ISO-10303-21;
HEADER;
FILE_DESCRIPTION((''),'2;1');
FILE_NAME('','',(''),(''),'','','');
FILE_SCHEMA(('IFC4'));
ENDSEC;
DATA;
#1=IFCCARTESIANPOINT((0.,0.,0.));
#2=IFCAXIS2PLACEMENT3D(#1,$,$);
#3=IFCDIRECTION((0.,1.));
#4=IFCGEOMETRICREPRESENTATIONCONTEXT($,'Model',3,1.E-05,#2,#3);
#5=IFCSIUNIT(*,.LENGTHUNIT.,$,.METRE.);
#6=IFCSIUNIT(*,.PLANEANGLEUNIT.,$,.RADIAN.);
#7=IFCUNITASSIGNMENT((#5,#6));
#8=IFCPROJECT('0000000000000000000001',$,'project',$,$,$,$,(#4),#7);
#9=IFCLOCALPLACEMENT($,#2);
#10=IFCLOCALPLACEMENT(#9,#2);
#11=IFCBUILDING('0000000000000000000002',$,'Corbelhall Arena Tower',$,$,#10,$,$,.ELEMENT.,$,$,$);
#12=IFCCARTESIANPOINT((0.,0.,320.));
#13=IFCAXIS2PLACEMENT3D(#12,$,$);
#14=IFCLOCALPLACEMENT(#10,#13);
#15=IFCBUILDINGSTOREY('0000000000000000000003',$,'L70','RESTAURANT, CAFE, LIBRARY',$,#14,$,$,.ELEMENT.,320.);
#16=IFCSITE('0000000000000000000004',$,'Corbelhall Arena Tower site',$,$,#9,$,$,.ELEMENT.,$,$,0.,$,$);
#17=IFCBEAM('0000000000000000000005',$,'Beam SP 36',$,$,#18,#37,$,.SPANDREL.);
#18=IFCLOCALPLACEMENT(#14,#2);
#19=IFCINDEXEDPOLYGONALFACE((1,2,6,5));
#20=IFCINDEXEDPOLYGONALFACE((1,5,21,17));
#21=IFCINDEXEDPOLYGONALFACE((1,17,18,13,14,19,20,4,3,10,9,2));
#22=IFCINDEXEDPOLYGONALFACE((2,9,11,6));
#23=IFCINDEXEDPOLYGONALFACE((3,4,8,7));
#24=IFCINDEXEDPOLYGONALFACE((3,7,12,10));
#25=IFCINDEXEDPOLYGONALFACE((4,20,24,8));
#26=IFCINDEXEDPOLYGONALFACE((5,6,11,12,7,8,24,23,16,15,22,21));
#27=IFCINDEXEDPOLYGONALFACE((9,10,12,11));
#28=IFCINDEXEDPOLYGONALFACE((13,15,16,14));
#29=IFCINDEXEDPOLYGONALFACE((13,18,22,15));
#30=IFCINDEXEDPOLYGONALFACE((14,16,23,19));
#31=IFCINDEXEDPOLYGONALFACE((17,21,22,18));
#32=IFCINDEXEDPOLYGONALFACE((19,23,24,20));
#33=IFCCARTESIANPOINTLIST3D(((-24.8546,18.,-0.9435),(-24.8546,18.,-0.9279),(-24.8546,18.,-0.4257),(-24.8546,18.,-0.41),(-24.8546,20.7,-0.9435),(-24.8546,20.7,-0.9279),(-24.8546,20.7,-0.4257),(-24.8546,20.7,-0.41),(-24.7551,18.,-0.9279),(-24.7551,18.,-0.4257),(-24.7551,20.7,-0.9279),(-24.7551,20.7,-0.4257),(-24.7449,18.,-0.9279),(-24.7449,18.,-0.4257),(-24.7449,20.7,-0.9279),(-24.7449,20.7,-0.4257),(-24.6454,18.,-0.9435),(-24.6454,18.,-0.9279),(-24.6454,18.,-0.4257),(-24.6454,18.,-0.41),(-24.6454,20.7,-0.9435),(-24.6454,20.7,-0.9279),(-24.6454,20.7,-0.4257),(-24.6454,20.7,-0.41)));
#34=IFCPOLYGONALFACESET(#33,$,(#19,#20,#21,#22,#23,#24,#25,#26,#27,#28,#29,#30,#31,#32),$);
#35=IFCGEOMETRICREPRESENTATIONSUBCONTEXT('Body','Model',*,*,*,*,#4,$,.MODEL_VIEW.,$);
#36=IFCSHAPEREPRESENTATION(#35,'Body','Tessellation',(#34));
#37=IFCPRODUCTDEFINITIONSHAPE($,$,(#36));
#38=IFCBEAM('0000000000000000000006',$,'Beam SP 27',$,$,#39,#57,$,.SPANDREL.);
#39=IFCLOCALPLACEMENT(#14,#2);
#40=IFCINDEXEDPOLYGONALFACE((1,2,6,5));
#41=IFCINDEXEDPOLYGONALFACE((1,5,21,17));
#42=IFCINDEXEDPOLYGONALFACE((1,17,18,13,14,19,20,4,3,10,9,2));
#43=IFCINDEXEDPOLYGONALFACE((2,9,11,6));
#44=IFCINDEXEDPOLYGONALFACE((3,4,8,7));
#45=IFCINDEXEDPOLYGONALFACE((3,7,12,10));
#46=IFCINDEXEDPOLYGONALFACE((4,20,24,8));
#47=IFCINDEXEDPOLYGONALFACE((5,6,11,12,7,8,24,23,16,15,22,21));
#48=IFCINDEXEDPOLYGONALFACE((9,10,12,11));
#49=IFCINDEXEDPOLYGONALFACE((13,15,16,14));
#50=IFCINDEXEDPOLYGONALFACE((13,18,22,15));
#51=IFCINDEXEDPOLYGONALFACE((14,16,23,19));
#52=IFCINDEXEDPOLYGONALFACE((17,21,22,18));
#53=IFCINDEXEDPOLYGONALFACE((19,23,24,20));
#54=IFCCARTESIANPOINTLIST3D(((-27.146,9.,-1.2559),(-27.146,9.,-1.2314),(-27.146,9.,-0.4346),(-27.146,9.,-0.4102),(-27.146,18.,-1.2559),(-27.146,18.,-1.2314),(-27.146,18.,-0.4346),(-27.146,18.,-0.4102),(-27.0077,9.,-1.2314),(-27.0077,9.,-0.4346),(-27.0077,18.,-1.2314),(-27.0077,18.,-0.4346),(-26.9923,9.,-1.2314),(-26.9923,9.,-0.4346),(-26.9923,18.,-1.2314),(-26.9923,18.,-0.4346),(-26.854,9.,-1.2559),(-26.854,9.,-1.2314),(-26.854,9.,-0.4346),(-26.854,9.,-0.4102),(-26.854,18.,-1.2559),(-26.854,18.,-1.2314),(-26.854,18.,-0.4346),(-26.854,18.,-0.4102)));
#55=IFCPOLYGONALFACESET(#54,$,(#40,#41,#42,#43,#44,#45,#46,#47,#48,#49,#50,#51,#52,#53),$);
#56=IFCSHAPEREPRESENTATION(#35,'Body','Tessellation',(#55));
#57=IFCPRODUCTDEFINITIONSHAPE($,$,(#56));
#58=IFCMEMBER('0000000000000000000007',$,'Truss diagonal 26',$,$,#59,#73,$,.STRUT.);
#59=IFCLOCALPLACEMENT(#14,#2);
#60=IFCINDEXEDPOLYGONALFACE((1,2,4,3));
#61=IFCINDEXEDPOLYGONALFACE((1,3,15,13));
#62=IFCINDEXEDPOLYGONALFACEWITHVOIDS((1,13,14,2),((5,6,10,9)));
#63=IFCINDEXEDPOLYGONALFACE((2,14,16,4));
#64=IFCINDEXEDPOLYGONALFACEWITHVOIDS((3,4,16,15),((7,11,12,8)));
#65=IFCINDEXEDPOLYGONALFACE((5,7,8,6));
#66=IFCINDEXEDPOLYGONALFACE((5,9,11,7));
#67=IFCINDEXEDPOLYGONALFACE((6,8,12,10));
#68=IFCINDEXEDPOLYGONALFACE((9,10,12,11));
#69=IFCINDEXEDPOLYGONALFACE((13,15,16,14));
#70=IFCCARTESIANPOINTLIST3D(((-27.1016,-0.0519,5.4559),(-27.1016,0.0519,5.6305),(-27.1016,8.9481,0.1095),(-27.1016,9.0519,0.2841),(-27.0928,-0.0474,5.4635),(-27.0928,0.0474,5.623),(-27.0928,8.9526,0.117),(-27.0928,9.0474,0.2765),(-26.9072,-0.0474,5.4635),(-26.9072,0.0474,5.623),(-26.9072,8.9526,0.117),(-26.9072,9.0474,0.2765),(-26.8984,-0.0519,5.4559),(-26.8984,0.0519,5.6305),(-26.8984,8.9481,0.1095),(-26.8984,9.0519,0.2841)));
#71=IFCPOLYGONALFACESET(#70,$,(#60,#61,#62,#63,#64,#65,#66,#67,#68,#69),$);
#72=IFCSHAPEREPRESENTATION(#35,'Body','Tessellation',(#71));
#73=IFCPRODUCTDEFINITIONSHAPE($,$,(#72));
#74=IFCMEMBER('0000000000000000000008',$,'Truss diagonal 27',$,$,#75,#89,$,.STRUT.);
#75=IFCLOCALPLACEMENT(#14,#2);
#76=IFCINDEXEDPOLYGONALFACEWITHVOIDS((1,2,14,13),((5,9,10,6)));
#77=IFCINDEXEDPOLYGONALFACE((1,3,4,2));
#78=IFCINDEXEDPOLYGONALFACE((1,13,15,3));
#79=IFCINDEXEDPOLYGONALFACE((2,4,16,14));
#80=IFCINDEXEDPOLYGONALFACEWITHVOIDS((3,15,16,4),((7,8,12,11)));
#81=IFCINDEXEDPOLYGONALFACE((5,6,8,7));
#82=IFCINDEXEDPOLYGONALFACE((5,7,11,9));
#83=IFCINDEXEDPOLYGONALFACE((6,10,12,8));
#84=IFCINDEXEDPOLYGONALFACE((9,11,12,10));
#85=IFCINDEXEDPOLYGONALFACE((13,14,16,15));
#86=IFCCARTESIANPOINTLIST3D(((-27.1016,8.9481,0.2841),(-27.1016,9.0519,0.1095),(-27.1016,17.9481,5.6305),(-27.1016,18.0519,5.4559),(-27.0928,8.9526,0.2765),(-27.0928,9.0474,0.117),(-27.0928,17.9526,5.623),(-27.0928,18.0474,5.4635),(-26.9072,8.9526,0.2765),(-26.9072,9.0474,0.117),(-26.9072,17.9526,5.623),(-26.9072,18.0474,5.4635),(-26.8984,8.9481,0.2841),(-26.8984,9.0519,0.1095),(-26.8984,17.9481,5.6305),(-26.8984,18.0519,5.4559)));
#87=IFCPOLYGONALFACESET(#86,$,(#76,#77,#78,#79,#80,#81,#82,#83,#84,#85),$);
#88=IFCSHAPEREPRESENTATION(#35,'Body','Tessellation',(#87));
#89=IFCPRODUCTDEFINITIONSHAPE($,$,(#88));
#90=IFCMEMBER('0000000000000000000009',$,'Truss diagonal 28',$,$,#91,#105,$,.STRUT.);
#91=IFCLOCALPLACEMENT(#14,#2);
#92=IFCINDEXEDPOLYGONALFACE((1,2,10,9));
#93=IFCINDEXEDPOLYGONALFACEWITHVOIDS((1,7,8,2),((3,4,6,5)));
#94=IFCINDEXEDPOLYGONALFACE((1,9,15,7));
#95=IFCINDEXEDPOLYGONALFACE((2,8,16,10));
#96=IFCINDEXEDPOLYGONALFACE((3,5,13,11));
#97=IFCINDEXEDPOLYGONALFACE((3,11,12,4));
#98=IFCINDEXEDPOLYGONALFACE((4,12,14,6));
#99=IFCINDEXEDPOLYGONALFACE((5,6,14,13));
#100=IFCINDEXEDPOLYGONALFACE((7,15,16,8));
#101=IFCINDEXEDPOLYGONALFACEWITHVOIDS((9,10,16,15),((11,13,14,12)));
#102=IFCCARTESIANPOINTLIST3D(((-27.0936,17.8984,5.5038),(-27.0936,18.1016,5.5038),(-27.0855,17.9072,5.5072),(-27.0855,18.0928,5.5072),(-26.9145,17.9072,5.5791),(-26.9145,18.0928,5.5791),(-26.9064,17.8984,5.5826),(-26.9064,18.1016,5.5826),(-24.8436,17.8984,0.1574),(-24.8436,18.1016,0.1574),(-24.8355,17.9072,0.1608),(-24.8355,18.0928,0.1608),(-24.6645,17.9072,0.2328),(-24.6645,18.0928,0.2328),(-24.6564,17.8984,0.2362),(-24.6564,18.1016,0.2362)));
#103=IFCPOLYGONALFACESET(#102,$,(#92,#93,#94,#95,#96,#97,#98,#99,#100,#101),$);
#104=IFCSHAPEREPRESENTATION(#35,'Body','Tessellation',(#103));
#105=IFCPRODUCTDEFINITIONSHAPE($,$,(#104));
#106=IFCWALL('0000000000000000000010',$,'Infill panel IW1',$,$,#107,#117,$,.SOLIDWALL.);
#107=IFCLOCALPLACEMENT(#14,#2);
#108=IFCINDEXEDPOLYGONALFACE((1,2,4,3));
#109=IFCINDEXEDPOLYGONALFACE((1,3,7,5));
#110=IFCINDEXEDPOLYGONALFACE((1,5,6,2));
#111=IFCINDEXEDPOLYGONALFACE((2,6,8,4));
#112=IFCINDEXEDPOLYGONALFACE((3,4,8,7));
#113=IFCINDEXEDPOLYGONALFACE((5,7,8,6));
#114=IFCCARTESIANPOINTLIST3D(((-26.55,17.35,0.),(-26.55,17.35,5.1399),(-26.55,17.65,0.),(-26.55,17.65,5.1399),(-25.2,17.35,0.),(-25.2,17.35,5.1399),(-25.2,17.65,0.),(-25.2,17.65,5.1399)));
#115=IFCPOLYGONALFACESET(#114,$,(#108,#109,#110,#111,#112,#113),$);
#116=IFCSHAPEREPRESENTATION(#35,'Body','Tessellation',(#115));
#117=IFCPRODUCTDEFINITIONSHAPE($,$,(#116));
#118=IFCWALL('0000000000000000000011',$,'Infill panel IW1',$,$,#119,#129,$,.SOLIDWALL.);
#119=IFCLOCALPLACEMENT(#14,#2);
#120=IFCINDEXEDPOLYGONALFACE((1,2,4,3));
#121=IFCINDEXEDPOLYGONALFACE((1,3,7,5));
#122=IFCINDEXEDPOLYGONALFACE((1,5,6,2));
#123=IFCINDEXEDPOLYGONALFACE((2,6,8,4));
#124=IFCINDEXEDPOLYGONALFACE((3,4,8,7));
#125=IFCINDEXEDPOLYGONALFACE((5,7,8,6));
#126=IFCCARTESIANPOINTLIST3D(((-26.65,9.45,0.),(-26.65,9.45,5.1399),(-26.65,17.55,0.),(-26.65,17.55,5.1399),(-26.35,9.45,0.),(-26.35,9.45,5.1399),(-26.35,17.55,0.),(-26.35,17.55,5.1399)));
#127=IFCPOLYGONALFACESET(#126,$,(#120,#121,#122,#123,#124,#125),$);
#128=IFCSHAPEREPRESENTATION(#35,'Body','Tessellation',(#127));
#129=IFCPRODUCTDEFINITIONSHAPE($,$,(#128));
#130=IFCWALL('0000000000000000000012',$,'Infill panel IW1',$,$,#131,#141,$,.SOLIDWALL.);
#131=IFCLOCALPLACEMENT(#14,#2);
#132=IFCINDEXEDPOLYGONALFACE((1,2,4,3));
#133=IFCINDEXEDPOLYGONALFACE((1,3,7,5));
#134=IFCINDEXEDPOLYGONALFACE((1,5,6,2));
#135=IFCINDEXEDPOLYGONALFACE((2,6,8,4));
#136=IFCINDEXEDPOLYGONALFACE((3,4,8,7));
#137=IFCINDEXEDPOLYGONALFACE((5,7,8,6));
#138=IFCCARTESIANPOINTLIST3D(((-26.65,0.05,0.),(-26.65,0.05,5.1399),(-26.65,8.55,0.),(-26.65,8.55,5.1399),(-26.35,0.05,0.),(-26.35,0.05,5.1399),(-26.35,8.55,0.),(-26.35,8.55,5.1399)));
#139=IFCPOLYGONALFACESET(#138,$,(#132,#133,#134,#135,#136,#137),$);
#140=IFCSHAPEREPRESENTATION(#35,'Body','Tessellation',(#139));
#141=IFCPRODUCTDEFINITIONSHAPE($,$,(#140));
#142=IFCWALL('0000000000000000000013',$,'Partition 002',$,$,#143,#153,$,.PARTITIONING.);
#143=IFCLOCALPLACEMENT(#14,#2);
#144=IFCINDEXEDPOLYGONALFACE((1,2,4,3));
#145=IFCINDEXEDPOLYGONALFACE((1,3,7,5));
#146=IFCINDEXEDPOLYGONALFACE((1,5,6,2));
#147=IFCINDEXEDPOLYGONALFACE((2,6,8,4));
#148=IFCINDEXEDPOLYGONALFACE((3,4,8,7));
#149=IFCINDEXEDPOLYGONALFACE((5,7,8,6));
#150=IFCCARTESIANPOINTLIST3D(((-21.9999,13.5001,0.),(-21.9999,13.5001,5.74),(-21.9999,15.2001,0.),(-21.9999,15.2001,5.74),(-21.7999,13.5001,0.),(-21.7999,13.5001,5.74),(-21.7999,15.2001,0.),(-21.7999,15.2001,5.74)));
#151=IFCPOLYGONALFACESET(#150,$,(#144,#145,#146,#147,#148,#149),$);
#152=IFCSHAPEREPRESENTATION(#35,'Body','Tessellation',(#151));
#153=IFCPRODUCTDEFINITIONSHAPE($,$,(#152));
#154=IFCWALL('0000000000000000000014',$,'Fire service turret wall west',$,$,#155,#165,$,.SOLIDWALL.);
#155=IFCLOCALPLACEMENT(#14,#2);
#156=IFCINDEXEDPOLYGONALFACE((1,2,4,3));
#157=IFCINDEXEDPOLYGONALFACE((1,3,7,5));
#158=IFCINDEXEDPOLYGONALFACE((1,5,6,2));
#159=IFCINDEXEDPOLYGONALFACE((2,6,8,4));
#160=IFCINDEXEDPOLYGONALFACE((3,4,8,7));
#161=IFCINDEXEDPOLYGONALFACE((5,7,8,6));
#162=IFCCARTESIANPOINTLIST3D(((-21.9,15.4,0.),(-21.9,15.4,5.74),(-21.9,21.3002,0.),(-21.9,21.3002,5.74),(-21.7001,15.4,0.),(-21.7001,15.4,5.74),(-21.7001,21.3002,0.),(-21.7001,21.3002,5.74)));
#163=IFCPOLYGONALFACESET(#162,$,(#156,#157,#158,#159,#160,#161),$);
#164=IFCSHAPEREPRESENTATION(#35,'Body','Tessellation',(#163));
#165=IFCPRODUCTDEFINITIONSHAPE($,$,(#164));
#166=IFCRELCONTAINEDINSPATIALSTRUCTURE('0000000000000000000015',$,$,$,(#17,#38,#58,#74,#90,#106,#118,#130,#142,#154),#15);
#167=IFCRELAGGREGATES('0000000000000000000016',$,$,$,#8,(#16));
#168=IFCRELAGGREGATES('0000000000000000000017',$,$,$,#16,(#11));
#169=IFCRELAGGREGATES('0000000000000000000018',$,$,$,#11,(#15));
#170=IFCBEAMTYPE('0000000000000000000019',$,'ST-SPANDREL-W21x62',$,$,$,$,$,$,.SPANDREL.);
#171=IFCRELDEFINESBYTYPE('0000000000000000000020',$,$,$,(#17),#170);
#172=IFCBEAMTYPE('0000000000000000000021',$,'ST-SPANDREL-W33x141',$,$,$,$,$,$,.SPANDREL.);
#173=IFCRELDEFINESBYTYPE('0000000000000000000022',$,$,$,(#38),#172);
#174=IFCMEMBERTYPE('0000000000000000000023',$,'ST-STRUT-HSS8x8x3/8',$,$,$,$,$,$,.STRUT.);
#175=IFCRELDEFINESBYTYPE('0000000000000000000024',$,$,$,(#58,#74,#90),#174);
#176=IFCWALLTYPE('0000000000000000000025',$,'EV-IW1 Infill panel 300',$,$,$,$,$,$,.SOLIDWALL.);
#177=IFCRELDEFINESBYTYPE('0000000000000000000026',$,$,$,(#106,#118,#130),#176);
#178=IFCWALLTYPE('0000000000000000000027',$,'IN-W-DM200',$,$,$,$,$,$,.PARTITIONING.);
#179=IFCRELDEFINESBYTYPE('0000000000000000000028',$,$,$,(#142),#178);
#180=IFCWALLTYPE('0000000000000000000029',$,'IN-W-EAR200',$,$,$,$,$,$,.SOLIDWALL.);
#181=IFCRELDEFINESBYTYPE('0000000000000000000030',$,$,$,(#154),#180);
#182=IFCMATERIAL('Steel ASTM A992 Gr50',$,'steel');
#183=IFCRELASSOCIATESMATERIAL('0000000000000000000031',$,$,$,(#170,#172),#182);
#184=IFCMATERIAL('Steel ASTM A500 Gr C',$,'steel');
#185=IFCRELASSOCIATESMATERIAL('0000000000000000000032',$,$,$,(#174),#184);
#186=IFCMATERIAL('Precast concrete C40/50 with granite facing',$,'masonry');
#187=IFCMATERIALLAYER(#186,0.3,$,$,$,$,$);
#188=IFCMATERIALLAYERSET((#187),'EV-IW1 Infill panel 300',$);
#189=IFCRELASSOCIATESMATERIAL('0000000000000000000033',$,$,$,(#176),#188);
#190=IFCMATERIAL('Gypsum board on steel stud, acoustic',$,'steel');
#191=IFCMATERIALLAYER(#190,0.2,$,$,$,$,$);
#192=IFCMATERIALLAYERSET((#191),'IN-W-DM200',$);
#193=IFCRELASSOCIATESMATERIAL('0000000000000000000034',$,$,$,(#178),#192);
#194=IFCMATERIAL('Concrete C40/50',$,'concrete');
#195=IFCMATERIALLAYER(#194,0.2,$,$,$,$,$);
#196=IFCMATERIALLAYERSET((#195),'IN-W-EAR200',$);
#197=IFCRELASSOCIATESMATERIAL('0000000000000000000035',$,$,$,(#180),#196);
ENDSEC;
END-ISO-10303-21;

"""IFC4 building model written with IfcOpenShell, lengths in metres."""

from ifc_helpers import new_model, si_unit, direction, frame, frame_2d, origin, origin_2d, place, context, subcontext, project, spatial, rectangle, hollow_rectangle, i_section, extrude, material, layer, layer_set, material_profile, profile_set, type_object, element, save


model = new_model("IFC4")

# Units and contexts
model_context = context("Model", 3, precision=1e-05, world=origin(), true_north=direction((0.0, 1.0)))
body_context = subcontext(model_context, "Body", "Model", "MODEL_VIEW")
ifc_project = project(units=[si_unit("LENGTHUNIT", "METRE"), si_unit("PLANEANGLEUNIT", "RADIAN")], contexts=[model_context])

# Site, building, storey
site_placement = place(None, origin())
site = spatial("IfcSite", under=ifc_project, at=site_placement, Name="Corbelhall Arena Tower site", CompositionType="ELEMENT", RefElevation=0.0)
building_placement = place(site_placement, origin())
building = spatial("IfcBuilding", under=site, at=building_placement, Name="Corbelhall Arena Tower", CompositionType="ELEMENT")
storey_placement = place(building_placement, frame((0.0, 0.0, 320.0)))
storey = spatial("IfcBuildingStorey", under=building, at=storey_placement, Name="L70", Description="RESTAURANT, CAFE, LIBRARY", CompositionType="ELEMENT", Elevation=320.0)

# Shared definitions
ifc_material_1 = material(Name="Steel ASTM A992 Gr50", Category="steel")

# Beams
ifc_material_profile_1 = material_profile(ifc_material_1, i_section(OverallWidth=0.2092, OverallDepth=0.5334, WebThickness=0.0103, FlangeThickness=0.0156, at=origin_2d()))
ifc_profile_set_1 = profile_set([ifc_material_profile_1], Name="Steel ASTM A992 Gr50")
beam_type_1 = type_object("IfcBeamType", Name="ST-SPANDREL-W21x62", PredefinedType="SPANDREL", material=ifc_profile_set_1)
beam_1_placement = place(storey_placement, frame((-24.75, 18.0, -0.6768), z_axis=(0.0, 1.0, 0.0), x_axis=(-1.0, 0.0, 0.0)))
element("IfcBeam", 1, at=beam_1_placement, inside=storey, type_object=beam_type_1, Name="Beam SP 36", PredefinedType="SPANDREL", context=body_context, shape_type="SweptSolid", body=[
    extrude(i_section(OverallWidth=0.2092, OverallDepth=0.5334, WebThickness=0.0103, FlangeThickness=0.0156, at=origin_2d()), origin(), (0.0, 0.0, 1.0), 2.7),
])
ifc_material_profile_2 = material_profile(ifc_material_1, i_section(OverallWidth=0.292, OverallDepth=0.8457, WebThickness=0.0154, FlangeThickness=0.0244, at=origin_2d()))
ifc_profile_set_2 = profile_set([ifc_material_profile_2], Name="Steel ASTM A992 Gr50")
beam_type_2 = type_object("IfcBeamType", Name="ST-SPANDREL-W33x141", PredefinedType="SPANDREL", material=ifc_profile_set_2)
beam_2_placement = place(storey_placement, frame((-27.0, 9.0, -0.833), z_axis=(0.0, 1.0, 0.0), x_axis=(-1.0, 0.0, 0.0)))
element("IfcBeam", 2, at=beam_2_placement, inside=storey, type_object=beam_type_2, Name="Beam SP 27", PredefinedType="SPANDREL", context=body_context, shape_type="SweptSolid", body=[
    extrude(i_section(OverallWidth=0.292, OverallDepth=0.8457, WebThickness=0.0154, FlangeThickness=0.0244, at=origin_2d()), origin(), (0.0, 0.0, 1.0), 9.0),
])

# Members
ifc_material_2 = material(Name="Steel ASTM A500 Gr C", Category="steel")
ifc_material_profile_3 = material_profile(ifc_material_2, hollow_rectangle(XDim=0.2031, YDim=0.2031, WallThickness=0.0088, at=origin_2d()))
ifc_profile_set_3 = profile_set([ifc_material_profile_3], Name="Steel ASTM A500 Gr C")
member_type_1 = type_object("IfcMemberType", Name="ST-STRUT-HSS8x8x3/8", PredefinedType="STRUT", material=ifc_profile_set_3)
for number, where, z_axis, x_axis, name in (
    (3, (-27.0, 9.0, 0.1968), (0.0, -0.859742, 0.510728), (1.0, 0.0, 0.0), "Truss diagonal 26"),
    (4, (-27.0, 9.0, 0.1968), (0.0, 0.859742, 0.510728), (-1.0, 0.0, 0.0), "Truss diagonal 27"),
):
    element("IfcMember", number, at=place(storey_placement, frame(where, z_axis=z_axis, x_axis=x_axis)), inside=storey, type_object=member_type_1, Name=name, PredefinedType="STRUT", context=body_context, shape_type="SweptSolid", body=[
        extrude(hollow_rectangle(XDim=0.2031, YDim=0.2031, WallThickness=0.0088, at=origin_2d()), origin(), (0.0, 0.0, 1.0), 10.4683),
    ])
member_1_placement = place(storey_placement, frame((-24.75, 18.0, 0.1968), z_axis=(-0.387891, 0.0, 0.921705), x_axis=(0.0, -1.0, 0.0)))
element("IfcMember", 5, at=member_1_placement, inside=storey, type_object=member_type_1, Name="Truss diagonal 28", PredefinedType="STRUT", context=body_context, shape_type="SweptSolid", body=[
    extrude(hollow_rectangle(XDim=0.2031, YDim=0.2031, WallThickness=0.0088, at=origin_2d()), origin(), (0.0, 0.0, 1.0), 5.8005),
])

# Walls
ifc_material_3 = material(Name="Precast concrete C40/50 with granite facing", Category="masonry")
ifc_layer_1 = layer(ifc_material_3, 0.3)
ifc_layer_set_1 = layer_set([ifc_layer_1], Name="EV-IW1 Infill panel 300")
wall_type_1 = type_object("IfcWallType", Name="EV-IW1 Infill panel 300", PredefinedType="SOLIDWALL", material=ifc_layer_set_1)
wall_1_placement = place(storey_placement, frame((-25.2, 17.5, 0.0), z_axis=(0.0, 0.0, 1.0), x_axis=(-1.0, 0.0, 0.0)))
element("IfcWall", 6, at=wall_1_placement, inside=storey, type_object=wall_type_1, Name="Infill panel IW1", PredefinedType="SOLIDWALL", context=body_context, shape_type="SweptSolid", body=[
    extrude(rectangle(XDim=1.3501, YDim=0.3, at=frame_2d((0.675, 0.0))), origin(), (0.0, 0.0, 1.0), 5.1399),
])
wall_2_placement = place(storey_placement, frame((-26.5, 17.55, 0.0), z_axis=(0.0, 0.0, 1.0), x_axis=(0.0, -1.0, 0.0)))
element("IfcWall", 7, at=wall_2_placement, inside=storey, type_object=wall_type_1, Name="Infill panel IW1", PredefinedType="SOLIDWALL", context=body_context, shape_type="SweptSolid", body=[
    extrude(rectangle(XDim=8.1001, YDim=0.3, at=frame_2d((4.05, 0.0))), origin(), (0.0, 0.0, 1.0), 5.1399),
])
wall_3_placement = place(storey_placement, frame((-26.5, 8.55, 0.0), z_axis=(0.0, 0.0, 1.0), x_axis=(0.0, -1.0, 0.0)))
element("IfcWall", 8, at=wall_3_placement, inside=storey, type_object=wall_type_1, Name="Infill panel IW1", PredefinedType="SOLIDWALL", context=body_context, shape_type="SweptSolid", body=[
    extrude(rectangle(XDim=8.5, YDim=0.3, at=frame_2d((4.25, 0.0))), origin(), (0.0, 0.0, 1.0), 5.1399),
])
ifc_material_4 = material(Name="Gypsum board on steel stud, acoustic", Category="steel")
ifc_layer_2 = layer(ifc_material_4, 0.2)
ifc_layer_set_2 = layer_set([ifc_layer_2], Name="IN-W-DM200")
wall_type_2 = type_object("IfcWallType", Name="IN-W-DM200", PredefinedType="PARTITIONING", material=ifc_layer_set_2)
wall_4_placement = place(storey_placement, frame((-21.8999, 13.5, 0.0), z_axis=(0.0, 0.0, 1.0), x_axis=(0.0, 1.0, 0.0)))
element("IfcWall", 9, at=wall_4_placement, inside=storey, type_object=wall_type_2, Name="Partition 002", PredefinedType="PARTITIONING", context=body_context, shape_type="SweptSolid", body=[
    extrude(rectangle(XDim=1.7, YDim=0.2, at=frame_2d((0.8501, 0.0))), origin(), (0.0, 0.0, 1.0), 5.74),
])

# Shared definitions
ifc_material_5 = material(Name="Concrete C40/50", Category="concrete")
ifc_layer_3 = layer(ifc_material_5, 0.2)
ifc_layer_set_3 = layer_set([ifc_layer_3], Name="IN-W-EAR200")
wall_type_3 = type_object("IfcWallType", Name="IN-W-EAR200", PredefinedType="SOLIDWALL", material=ifc_layer_set_3)

# Wall
wall_5_placement = place(storey_placement, frame((-21.8, 15.3999, 0.0), z_axis=(0.0, 0.0, 1.0), x_axis=(0.0, 1.0, 0.0)))
element("IfcWall", 10, at=wall_5_placement, inside=storey, type_object=wall_type_3, Name="Fire service turret wall west", PredefinedType="SOLIDWALL", context=body_context, shape_type="SweptSolid", body=[
    extrude(rectangle(XDim=5.9001, YDim=0.2, at=frame_2d((2.9502, 0.0))), origin(), (0.0, 0.0, 1.0), 5.74),
])

save(model, "model.ifc")
